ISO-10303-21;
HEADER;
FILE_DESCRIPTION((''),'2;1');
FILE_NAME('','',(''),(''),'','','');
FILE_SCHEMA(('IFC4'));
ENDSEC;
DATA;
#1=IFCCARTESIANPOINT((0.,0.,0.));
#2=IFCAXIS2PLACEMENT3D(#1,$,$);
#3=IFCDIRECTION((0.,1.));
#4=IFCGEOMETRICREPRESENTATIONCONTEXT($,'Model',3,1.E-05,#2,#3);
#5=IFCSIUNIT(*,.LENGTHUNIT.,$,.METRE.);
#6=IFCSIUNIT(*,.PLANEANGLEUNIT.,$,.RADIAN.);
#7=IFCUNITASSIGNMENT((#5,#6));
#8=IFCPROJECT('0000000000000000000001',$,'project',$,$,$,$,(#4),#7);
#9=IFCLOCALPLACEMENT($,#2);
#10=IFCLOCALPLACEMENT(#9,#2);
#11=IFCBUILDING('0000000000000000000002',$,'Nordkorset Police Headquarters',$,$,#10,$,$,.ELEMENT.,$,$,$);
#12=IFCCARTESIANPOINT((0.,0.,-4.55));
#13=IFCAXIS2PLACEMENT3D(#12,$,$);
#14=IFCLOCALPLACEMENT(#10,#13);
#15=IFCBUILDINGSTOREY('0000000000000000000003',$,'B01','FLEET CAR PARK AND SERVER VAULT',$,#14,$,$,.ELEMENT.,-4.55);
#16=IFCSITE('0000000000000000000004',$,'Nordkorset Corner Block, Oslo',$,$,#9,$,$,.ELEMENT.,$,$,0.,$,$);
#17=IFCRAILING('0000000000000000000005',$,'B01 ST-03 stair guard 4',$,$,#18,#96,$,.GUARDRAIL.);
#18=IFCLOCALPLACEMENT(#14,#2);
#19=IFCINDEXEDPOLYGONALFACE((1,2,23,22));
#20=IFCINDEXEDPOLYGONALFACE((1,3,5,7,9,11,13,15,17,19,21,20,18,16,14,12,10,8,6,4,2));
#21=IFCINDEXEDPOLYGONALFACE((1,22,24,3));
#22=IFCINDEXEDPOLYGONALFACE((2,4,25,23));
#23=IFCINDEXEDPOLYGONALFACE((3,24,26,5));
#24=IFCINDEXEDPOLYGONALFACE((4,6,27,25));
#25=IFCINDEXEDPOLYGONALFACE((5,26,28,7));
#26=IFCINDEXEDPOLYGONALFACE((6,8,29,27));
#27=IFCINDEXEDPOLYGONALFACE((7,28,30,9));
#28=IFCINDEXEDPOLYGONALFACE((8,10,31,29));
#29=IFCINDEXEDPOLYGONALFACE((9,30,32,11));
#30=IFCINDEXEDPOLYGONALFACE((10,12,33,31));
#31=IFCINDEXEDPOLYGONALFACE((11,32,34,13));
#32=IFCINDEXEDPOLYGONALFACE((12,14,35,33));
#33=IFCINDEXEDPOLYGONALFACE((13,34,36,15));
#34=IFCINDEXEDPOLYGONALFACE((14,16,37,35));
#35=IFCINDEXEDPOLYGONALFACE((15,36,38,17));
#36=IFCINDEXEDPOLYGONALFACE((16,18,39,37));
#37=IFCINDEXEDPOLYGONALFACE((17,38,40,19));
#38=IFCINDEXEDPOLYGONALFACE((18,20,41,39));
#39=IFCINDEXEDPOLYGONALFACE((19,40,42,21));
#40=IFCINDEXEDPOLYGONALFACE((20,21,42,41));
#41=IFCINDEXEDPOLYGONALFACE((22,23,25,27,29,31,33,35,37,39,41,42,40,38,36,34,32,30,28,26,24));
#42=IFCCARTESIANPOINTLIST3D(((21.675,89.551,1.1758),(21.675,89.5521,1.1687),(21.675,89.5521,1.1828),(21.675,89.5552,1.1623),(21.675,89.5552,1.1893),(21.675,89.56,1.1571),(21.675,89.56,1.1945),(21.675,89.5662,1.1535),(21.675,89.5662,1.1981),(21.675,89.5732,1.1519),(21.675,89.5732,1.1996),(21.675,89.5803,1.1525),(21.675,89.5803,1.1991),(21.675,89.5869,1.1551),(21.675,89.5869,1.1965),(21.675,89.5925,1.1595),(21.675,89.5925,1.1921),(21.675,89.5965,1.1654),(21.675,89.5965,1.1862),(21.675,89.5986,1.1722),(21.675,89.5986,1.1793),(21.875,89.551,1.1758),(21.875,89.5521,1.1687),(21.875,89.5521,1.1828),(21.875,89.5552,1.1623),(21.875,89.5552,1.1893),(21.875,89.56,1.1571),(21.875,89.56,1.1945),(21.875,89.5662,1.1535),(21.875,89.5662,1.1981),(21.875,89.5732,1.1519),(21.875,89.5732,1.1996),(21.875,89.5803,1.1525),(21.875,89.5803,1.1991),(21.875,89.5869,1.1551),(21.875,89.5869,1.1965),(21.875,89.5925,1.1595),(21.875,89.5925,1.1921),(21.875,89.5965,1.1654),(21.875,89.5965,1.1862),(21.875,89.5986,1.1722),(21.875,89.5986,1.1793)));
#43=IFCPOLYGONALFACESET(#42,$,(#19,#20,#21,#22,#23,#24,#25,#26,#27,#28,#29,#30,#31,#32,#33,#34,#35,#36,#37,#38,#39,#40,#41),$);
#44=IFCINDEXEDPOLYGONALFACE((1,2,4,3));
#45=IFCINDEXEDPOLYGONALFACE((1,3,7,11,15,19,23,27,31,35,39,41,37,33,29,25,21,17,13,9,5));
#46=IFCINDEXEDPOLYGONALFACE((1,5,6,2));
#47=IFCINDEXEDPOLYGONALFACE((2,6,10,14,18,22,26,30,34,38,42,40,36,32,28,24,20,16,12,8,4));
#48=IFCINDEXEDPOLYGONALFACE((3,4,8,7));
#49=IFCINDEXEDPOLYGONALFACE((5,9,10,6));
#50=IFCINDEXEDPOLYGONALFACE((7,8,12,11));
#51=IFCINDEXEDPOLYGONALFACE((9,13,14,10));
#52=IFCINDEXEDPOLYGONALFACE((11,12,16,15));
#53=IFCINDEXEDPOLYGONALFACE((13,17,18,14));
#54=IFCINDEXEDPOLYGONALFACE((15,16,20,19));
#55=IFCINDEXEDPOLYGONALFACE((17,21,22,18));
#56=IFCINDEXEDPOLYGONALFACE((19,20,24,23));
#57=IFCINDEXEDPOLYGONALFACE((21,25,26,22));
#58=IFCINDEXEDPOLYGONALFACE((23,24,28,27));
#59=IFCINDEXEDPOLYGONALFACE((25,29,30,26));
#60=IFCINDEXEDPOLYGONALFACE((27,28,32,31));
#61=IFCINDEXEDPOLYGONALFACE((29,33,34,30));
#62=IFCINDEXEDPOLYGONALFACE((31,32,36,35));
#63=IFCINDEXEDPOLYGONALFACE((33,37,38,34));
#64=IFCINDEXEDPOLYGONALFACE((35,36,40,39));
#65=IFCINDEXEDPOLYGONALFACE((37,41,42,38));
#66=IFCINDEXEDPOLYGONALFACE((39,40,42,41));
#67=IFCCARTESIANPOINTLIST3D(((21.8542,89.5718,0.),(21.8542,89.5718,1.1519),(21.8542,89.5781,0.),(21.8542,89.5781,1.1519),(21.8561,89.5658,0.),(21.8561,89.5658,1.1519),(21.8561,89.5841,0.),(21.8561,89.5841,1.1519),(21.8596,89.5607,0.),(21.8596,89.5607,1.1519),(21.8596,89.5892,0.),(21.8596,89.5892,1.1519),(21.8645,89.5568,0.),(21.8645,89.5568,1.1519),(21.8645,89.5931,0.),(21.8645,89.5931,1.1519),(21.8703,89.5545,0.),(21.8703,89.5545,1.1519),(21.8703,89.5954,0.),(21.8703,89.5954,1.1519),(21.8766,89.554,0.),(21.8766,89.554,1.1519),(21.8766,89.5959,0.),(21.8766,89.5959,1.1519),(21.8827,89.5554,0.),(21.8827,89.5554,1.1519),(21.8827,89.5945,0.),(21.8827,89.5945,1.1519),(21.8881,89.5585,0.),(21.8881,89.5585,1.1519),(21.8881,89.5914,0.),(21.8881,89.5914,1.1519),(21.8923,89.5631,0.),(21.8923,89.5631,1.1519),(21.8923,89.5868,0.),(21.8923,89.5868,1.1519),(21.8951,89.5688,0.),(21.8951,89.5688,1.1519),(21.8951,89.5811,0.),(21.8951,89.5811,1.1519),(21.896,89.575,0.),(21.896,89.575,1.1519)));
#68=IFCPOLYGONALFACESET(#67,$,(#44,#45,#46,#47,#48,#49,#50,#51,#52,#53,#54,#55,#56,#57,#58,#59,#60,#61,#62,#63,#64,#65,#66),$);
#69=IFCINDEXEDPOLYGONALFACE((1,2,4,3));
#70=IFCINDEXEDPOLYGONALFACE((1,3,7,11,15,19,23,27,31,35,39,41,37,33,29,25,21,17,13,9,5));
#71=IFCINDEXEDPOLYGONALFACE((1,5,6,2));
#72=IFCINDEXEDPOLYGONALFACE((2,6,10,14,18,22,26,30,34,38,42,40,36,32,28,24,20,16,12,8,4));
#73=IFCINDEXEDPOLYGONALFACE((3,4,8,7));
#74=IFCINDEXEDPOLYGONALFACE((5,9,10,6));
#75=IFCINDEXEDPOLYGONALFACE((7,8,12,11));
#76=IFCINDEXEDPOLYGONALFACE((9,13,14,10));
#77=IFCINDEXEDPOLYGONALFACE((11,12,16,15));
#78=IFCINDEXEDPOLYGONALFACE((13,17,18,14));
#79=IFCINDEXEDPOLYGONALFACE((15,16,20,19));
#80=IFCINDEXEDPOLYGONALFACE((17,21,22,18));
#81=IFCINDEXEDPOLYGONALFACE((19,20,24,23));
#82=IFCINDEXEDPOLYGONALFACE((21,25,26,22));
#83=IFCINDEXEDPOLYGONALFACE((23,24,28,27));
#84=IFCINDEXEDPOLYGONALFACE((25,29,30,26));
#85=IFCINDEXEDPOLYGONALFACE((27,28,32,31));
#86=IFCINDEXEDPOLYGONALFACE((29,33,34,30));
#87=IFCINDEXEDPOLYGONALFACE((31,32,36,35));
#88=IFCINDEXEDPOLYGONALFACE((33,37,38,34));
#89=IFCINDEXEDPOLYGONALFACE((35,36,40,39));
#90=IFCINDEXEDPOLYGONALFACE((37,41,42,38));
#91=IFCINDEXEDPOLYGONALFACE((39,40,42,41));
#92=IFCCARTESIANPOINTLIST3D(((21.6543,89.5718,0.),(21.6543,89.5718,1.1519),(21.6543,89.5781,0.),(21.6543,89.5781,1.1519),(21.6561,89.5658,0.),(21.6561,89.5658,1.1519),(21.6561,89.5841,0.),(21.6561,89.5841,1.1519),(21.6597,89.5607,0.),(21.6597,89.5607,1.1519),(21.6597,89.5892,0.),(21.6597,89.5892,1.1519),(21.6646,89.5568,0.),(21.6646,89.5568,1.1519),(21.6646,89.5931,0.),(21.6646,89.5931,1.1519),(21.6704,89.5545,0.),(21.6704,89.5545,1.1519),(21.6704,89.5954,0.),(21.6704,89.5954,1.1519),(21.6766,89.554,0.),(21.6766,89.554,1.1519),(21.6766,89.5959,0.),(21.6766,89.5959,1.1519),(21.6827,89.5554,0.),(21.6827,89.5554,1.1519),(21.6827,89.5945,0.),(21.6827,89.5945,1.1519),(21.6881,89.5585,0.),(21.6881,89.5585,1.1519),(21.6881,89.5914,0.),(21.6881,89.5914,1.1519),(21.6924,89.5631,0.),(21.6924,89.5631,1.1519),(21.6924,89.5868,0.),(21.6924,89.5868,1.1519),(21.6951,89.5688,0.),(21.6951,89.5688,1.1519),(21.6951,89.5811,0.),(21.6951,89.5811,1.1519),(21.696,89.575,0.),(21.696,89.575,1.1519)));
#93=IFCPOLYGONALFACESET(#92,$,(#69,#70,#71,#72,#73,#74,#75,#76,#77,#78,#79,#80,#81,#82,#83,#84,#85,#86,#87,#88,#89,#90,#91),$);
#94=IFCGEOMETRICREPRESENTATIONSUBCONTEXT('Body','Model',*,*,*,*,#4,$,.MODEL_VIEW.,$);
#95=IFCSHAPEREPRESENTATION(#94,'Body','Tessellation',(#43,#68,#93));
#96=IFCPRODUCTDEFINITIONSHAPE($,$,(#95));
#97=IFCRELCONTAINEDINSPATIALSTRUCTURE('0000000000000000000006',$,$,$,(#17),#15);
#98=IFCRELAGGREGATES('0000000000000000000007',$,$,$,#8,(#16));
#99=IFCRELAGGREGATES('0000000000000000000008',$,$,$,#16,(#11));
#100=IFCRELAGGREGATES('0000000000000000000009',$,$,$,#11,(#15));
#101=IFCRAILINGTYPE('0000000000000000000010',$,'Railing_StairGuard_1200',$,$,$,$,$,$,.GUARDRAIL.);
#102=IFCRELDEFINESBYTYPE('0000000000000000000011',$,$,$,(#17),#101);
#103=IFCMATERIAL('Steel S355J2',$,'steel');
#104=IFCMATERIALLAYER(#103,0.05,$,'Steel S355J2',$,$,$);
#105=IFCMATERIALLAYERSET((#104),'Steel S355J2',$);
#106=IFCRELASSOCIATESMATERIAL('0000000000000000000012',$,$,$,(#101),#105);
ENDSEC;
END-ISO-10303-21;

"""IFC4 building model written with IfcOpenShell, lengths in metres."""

from ifc_helpers import new_model, si_unit, direction, frame, origin, origin_2d, place, context, subcontext, project, spatial, circle, extrude, material, layer, layer_set, type_object, element, save


model = new_model("IFC4")

# Units and contexts
model_context = context("Model", 3, precision=1e-05, world=origin(), true_north=direction((0.0, 1.0)))
body_context = subcontext(model_context, "Body", "Model", "MODEL_VIEW")
ifc_project = project(units=[si_unit("LENGTHUNIT", "METRE"), si_unit("PLANEANGLEUNIT", "RADIAN")], contexts=[model_context])

# Site, building, storey
site_placement = place(None, origin())
site = spatial("IfcSite", under=ifc_project, at=site_placement, Name="Nordkorset Corner Block, Oslo", CompositionType="ELEMENT", RefElevation=0.0)
building_placement = place(site_placement, origin())
building = spatial("IfcBuilding", under=site, at=building_placement, Name="Nordkorset Police Headquarters", CompositionType="ELEMENT")
storey_placement = place(building_placement, frame((0.0, 0.0, -4.55)))
storey = spatial("IfcBuildingStorey", under=building, at=storey_placement, Name="B01", Description="FLEET CAR PARK AND SERVER VAULT", CompositionType="ELEMENT", Elevation=-4.55)

# Railing
ifc_material_1 = material(Name="Steel S355J2", Category="steel")
ifc_layer_1 = layer(ifc_material_1, 0.05, Name="Steel S355J2")
ifc_layer_set_1 = layer_set([ifc_layer_1], Name="Steel S355J2")
railing_type_1 = type_object("IfcRailingType", Name="Railing_StairGuard_1200", PredefinedType="GUARDRAIL", material=ifc_layer_set_1)
railing_1_placement = place(storey_placement, frame((21.875, 89.575, 0.0)))
element("IfcRailing", 1, at=railing_1_placement, inside=storey, type_object=railing_type_1, Name="B01 ST-03 stair guard 4", PredefinedType="GUARDRAIL", context=body_context, shape_type="SweptSolid", body=[
    extrude(circle(Radius=0.0239, at=origin_2d()), frame((0.0, 0.0, 1.1758), z_axis=(-1.0, 0.0, 0.0), x_axis=(0.0, -1.0, 0.0)), (0.0, 0.0, 1.0), 0.2),
    extrude(circle(Radius=0.021, at=origin_2d()), origin(), (0.0, 0.0, 1.0), 1.1519),
    extrude(circle(Radius=0.021, at=origin_2d()), frame((-0.2, 0.0, 0.0)), (0.0, 0.0, 1.0), 1.1519),
])

save(model, "model.ifc")
